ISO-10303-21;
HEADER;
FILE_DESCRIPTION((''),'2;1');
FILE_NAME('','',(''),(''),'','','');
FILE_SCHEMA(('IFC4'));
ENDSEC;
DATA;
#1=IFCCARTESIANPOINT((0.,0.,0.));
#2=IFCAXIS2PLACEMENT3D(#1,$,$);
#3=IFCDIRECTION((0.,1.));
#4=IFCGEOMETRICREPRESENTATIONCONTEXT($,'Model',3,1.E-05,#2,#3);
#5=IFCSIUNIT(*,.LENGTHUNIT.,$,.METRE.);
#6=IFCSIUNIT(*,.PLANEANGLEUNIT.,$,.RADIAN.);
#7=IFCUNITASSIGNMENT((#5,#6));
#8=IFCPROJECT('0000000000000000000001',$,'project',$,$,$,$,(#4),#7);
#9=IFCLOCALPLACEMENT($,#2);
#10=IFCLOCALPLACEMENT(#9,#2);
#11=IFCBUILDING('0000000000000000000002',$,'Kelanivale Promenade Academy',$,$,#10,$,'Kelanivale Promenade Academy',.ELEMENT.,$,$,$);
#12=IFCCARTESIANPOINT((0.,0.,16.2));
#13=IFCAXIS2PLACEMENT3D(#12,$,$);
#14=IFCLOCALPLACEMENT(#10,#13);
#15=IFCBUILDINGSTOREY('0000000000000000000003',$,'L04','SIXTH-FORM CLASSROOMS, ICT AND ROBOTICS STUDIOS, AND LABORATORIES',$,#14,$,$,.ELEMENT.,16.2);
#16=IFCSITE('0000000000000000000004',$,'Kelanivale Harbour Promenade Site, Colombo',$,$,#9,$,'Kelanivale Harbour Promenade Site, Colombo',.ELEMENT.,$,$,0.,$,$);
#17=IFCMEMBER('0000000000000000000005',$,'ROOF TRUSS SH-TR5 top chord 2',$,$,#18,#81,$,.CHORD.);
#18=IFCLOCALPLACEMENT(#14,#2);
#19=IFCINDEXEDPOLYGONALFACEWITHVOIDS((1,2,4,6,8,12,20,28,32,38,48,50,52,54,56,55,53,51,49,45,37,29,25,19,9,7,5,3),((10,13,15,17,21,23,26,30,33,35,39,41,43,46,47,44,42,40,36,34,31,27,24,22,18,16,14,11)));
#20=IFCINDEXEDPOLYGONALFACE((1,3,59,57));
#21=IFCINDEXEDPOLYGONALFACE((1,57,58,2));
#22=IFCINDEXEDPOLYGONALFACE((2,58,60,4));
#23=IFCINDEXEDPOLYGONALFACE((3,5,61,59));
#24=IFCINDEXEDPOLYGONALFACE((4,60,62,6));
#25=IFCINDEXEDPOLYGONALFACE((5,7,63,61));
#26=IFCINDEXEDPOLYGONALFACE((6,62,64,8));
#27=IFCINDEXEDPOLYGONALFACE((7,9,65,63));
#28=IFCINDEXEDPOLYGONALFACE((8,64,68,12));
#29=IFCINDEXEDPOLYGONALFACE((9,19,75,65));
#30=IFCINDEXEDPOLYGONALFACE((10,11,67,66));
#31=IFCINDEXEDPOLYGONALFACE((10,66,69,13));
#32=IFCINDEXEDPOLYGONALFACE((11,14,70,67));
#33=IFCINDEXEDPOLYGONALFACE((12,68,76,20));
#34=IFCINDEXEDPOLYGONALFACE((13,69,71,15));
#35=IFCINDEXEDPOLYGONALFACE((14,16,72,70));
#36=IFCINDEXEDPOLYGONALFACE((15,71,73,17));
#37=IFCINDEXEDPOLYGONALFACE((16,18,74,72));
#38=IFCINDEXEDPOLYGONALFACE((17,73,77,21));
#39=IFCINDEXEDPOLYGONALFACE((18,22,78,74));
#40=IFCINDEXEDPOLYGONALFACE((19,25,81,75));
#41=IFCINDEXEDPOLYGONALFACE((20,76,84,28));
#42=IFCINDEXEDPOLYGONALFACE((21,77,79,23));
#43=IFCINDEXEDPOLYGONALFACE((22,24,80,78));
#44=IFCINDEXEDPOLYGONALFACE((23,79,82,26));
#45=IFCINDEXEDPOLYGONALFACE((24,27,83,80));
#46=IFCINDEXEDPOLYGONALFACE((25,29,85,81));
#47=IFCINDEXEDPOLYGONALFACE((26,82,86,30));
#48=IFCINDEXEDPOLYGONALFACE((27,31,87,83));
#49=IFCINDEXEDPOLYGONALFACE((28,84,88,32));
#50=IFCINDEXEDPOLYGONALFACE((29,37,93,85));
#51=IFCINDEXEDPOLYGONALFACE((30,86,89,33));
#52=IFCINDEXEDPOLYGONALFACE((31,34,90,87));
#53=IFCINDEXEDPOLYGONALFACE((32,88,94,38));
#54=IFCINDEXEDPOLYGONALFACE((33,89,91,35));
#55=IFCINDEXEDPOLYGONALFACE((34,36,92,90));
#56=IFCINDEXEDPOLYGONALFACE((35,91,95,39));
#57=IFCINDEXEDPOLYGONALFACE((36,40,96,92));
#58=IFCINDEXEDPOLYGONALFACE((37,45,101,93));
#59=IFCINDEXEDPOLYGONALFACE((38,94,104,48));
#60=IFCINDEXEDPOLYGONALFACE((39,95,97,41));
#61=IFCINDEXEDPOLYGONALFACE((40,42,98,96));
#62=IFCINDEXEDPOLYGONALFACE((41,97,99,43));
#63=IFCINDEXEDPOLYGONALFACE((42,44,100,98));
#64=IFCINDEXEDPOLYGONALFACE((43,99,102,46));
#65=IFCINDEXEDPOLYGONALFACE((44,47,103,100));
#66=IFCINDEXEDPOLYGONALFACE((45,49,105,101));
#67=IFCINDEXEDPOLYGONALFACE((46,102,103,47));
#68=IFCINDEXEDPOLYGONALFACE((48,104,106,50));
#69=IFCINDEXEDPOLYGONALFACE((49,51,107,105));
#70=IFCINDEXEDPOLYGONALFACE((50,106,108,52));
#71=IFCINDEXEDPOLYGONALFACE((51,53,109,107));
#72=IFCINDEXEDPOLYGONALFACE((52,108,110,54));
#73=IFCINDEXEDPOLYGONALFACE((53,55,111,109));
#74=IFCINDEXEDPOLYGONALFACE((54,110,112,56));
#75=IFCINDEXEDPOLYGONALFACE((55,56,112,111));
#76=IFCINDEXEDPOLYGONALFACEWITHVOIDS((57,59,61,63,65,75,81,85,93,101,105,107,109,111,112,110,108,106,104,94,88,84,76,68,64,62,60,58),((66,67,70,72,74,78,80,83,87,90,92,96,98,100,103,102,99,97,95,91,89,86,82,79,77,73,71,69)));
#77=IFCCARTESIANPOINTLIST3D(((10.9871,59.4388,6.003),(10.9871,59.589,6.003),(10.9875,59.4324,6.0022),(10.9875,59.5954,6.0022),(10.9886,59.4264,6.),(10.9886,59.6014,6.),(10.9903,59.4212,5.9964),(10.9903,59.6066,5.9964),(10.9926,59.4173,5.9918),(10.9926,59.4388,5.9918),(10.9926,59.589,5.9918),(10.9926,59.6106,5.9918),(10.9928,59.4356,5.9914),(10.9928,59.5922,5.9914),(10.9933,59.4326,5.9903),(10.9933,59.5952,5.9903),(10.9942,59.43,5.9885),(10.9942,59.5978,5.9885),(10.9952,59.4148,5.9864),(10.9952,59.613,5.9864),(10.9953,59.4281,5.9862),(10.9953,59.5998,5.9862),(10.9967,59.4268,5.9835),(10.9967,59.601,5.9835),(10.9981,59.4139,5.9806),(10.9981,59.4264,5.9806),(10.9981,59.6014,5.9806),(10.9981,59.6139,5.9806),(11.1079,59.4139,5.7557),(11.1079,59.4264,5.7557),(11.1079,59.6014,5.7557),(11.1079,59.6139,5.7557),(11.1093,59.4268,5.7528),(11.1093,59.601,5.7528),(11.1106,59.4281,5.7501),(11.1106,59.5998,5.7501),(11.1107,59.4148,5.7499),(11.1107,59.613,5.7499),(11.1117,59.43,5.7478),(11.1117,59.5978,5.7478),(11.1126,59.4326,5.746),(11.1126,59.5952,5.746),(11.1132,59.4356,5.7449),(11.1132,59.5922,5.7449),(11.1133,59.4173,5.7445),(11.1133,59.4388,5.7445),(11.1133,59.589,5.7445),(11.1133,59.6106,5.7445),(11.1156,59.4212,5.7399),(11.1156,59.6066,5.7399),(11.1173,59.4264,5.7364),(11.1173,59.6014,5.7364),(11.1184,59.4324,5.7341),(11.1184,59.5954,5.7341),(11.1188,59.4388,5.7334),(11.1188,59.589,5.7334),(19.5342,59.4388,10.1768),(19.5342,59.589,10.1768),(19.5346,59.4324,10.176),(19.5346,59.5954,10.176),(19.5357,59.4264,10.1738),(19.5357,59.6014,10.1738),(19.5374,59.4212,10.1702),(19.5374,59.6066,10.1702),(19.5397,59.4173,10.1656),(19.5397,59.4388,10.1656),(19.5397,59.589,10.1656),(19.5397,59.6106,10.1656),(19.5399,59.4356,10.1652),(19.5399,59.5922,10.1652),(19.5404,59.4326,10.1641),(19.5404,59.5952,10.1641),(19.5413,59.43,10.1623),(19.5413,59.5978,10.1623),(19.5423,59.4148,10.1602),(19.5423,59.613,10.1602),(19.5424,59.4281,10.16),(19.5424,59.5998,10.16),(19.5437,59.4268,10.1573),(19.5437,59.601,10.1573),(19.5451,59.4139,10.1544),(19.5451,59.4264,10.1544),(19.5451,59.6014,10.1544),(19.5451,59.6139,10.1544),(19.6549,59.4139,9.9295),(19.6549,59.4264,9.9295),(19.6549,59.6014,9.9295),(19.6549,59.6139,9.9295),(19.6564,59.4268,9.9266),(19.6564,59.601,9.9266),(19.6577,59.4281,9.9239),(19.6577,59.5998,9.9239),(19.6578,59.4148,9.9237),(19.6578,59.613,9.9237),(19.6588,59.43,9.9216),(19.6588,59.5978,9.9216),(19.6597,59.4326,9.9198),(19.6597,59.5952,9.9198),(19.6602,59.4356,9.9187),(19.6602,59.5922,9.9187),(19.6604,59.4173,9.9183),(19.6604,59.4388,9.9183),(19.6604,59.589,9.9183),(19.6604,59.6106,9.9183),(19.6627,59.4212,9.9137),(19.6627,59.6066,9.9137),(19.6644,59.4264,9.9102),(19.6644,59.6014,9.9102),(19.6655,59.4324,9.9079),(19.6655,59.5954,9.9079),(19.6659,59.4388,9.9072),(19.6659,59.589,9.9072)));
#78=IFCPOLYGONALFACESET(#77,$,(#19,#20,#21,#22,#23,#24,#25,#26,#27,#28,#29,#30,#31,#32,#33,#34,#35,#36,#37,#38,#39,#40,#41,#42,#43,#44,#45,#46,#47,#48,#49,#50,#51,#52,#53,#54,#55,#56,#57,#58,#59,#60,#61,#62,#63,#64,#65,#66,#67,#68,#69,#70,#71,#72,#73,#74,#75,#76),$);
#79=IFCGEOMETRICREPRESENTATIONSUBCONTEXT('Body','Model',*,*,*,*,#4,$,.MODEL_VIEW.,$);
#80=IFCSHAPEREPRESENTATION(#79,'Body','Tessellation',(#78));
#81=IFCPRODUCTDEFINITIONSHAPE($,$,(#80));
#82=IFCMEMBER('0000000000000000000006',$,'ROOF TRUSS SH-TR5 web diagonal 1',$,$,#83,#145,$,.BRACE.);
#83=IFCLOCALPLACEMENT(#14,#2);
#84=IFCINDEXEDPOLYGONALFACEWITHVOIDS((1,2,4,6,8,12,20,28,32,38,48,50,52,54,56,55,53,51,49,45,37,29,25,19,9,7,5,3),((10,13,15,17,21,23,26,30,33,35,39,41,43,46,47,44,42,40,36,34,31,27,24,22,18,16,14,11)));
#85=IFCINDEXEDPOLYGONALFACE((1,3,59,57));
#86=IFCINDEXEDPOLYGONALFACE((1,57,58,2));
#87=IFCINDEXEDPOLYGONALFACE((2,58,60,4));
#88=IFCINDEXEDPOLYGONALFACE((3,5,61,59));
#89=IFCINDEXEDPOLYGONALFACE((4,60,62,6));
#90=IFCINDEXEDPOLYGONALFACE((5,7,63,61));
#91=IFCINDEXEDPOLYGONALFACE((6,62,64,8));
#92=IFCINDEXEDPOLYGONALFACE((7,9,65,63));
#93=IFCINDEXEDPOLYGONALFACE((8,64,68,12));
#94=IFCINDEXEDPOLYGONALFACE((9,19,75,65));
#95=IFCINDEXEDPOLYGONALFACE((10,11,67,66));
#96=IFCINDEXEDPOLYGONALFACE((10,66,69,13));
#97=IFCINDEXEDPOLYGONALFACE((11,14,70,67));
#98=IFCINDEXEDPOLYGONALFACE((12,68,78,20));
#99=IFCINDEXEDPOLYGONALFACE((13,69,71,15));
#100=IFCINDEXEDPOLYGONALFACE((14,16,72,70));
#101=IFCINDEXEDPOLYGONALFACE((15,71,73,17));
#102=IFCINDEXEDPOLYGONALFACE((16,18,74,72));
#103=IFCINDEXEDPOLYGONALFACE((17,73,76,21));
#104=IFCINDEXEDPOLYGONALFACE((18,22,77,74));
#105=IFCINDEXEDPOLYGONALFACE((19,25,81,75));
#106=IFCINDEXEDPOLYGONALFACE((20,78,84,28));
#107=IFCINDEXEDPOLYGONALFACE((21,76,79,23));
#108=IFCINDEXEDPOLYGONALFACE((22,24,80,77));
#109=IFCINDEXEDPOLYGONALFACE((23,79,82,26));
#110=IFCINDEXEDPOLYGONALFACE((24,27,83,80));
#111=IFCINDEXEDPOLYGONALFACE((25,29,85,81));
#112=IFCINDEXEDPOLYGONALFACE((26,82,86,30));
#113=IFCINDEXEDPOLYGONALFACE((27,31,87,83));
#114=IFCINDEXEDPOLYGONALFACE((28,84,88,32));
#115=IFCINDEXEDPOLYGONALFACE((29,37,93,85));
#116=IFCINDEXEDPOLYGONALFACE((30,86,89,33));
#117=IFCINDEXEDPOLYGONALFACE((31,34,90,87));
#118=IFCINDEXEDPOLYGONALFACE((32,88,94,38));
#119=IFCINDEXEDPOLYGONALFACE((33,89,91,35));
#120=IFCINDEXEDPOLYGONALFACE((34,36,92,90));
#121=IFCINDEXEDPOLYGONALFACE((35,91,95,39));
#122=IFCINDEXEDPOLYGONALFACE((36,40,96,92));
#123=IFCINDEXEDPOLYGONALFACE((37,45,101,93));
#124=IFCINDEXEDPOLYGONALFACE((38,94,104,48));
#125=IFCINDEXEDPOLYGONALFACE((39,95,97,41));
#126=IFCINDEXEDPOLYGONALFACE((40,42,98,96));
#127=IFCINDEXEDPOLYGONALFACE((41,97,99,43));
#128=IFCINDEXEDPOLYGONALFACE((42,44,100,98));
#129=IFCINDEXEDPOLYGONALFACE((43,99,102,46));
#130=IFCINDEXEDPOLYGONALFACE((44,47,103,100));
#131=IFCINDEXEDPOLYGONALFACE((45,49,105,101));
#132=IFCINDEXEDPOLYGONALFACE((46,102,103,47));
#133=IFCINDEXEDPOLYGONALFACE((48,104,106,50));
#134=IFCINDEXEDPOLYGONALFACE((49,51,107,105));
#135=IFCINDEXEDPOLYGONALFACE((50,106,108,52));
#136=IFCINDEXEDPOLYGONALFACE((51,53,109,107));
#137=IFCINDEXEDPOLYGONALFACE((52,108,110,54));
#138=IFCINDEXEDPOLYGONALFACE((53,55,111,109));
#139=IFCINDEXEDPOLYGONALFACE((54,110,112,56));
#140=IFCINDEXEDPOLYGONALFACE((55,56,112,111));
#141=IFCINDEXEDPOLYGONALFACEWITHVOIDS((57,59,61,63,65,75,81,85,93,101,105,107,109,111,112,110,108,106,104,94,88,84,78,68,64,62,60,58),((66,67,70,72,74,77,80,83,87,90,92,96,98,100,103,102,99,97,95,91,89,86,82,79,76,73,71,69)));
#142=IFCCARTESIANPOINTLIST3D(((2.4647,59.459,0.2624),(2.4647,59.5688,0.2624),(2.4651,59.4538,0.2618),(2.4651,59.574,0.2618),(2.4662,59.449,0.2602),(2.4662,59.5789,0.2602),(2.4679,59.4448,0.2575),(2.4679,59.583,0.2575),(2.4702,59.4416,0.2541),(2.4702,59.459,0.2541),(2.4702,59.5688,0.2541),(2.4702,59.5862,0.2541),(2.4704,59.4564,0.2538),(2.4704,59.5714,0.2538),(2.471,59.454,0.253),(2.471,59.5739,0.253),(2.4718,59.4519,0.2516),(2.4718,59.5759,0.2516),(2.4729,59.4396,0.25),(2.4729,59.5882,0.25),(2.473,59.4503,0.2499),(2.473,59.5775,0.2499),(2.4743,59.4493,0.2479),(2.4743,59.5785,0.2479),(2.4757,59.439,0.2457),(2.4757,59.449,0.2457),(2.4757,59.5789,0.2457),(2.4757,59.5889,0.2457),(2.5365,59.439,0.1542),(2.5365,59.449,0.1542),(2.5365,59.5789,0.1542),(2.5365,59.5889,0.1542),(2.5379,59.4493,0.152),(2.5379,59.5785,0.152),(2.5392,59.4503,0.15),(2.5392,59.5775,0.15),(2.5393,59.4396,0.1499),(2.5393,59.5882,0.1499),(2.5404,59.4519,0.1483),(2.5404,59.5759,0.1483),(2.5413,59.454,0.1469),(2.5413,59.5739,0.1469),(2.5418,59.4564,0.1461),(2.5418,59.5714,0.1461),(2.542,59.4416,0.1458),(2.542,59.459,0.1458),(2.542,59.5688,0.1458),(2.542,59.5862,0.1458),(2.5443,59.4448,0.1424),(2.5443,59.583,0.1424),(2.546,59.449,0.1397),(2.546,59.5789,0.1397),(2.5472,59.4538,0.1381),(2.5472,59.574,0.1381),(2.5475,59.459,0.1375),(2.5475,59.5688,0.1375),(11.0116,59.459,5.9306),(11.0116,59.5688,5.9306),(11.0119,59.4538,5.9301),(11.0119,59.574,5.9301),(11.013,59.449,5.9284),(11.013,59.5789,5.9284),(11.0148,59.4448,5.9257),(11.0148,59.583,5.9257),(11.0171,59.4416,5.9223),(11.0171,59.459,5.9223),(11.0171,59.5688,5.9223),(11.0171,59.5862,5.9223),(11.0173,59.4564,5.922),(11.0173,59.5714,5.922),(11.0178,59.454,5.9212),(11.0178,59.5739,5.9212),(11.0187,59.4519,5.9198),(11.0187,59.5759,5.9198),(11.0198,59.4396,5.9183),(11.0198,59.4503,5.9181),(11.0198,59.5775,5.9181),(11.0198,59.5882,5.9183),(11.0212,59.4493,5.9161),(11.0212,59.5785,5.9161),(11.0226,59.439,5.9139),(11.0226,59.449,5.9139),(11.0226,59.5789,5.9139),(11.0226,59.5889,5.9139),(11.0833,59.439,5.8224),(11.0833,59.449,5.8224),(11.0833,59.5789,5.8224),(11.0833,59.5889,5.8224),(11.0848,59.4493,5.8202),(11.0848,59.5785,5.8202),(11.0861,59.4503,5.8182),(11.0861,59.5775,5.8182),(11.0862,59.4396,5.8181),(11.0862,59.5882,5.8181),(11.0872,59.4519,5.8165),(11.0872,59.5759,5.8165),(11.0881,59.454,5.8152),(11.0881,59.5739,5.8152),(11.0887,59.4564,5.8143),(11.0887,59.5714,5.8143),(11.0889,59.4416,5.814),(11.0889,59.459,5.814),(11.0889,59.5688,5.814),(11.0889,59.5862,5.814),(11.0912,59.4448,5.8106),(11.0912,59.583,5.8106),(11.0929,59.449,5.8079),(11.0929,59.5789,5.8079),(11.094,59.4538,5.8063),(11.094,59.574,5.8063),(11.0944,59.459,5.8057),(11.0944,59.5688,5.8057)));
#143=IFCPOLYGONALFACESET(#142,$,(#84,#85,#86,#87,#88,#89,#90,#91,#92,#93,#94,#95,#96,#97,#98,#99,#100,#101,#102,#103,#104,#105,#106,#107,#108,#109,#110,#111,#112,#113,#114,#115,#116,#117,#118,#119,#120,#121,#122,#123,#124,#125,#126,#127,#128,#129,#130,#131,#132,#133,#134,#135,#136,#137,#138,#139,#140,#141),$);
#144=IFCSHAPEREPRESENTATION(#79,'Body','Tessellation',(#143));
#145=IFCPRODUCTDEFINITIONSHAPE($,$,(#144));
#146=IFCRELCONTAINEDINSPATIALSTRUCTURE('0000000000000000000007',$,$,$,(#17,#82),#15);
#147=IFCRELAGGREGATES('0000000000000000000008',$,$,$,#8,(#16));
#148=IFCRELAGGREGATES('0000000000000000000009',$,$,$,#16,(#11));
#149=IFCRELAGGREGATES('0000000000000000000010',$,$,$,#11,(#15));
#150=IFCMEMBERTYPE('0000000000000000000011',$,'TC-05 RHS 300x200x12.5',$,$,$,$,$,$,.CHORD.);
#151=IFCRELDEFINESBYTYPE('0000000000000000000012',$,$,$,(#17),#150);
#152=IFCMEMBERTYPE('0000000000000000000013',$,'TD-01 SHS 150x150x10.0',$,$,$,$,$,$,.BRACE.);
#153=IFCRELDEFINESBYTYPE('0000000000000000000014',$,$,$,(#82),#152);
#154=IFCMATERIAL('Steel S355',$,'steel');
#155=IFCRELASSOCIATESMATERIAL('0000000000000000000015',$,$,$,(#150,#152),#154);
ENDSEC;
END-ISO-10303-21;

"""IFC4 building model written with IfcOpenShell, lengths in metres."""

from ifc_helpers import new_model, si_unit, direction, frame, origin, origin_2d, place, context, subcontext, project, spatial, hollow_rectangle, extrude, material, material_profile, profile_set, type_object, element, save


model = new_model("IFC4")

# Units and contexts
model_context = context("Model", 3, precision=1e-05, world=origin(), true_north=direction((0.0, 1.0)))
body_context = subcontext(model_context, "Body", "Model", "MODEL_VIEW")
ifc_project = project(units=[si_unit("LENGTHUNIT", "METRE"), si_unit("PLANEANGLEUNIT", "RADIAN")], contexts=[model_context])

# Site, building, storey
site_placement = place(None, origin())
site = spatial("IfcSite", under=ifc_project, at=site_placement, Name="Kelanivale Harbour Promenade Site, Colombo", LongName="Kelanivale Harbour Promenade Site, Colombo", CompositionType="ELEMENT", RefElevation=0.0)
building_placement = place(site_placement, origin())
building = spatial("IfcBuilding", under=site, at=building_placement, Name="Kelanivale Promenade Academy", LongName="Kelanivale Promenade Academy", CompositionType="ELEMENT")
storey_placement = place(building_placement, frame((0.0, 0.0, 16.2)))
storey = spatial("IfcBuildingStorey", under=building, at=storey_placement, Name="L04", Description="SIXTH-FORM CLASSROOMS, ICT AND ROBOTICS STUDIOS, AND LABORATORIES", CompositionType="ELEMENT", Elevation=16.2)

# Shared definitions
ifc_material_1 = material(Name="Steel S355", Category="steel")

# Members
ifc_material_profile_1 = material_profile(ifc_material_1, hollow_rectangle(XDim=0.2, YDim=0.3, WallThickness=0.0125, InnerFilletRadius=0.0125, OuterFilletRadius=0.0249, at=origin_2d()), Name="RHS 300x200x12.5")
ifc_profile_set_1 = profile_set([ifc_material_profile_1], Name="Steel S355")
member_type_1 = type_object("IfcMemberType", Name="TC-05 RHS 300x200x12.5", PredefinedType="CHORD", material=ifc_profile_set_1)
for number, where, z_axis, x_axis, name in (
    (1, (11.053, 59.5139, 5.8682), (0.898582, 0.0, 0.438806), (0.0, 1.0, 0.0), "ROOF TRUSS SH-TR5 top chord 2"),
):
    element("IfcMember", number, at=place(storey_placement, frame(where, z_axis=z_axis, x_axis=x_axis)), inside=storey, type_object=member_type_1, Name=name, PredefinedType="CHORD", context=body_context, shape_type="SweptSolid", body=[
        extrude(hollow_rectangle(XDim=0.2, YDim=0.3, WallThickness=0.0125, InnerFilletRadius=0.0125, OuterFilletRadius=0.0249, at=origin_2d()), origin(), (0.0, 0.0, 1.0), 9.5117),
    ])
ifc_material_profile_2 = material_profile(ifc_material_1, hollow_rectangle(XDim=0.1499, YDim=0.1499, WallThickness=0.01, InnerFilletRadius=0.01, OuterFilletRadius=0.02, at=origin_2d()), Name="SHS 150x150x10.0")
ifc_profile_set_2 = profile_set([ifc_material_profile_2], Name="Steel S355")
member_type_2 = type_object("IfcMemberType", Name="TD-01 SHS 150x150x10.0", PredefinedType="BRACE", material=ifc_profile_set_2)
member_1_placement = place(storey_placement, frame((2.5061, 59.5139, 0.2), z_axis=(0.833385, 0.0, 0.552693), x_axis=(0.0, 1.0, 0.0)))
element("IfcMember", 2, at=member_1_placement, inside=storey, type_object=member_type_2, Name="ROOF TRUSS SH-TR5 web diagonal 1", PredefinedType="BRACE", context=body_context, shape_type="SweptSolid", body=[
    extrude(hollow_rectangle(XDim=0.1499, YDim=0.1499, WallThickness=0.01, InnerFilletRadius=0.01, OuterFilletRadius=0.02, at=origin_2d()), origin(), (0.0, 0.0, 1.0), 10.2556),
])

save(model, "model.ifc")
